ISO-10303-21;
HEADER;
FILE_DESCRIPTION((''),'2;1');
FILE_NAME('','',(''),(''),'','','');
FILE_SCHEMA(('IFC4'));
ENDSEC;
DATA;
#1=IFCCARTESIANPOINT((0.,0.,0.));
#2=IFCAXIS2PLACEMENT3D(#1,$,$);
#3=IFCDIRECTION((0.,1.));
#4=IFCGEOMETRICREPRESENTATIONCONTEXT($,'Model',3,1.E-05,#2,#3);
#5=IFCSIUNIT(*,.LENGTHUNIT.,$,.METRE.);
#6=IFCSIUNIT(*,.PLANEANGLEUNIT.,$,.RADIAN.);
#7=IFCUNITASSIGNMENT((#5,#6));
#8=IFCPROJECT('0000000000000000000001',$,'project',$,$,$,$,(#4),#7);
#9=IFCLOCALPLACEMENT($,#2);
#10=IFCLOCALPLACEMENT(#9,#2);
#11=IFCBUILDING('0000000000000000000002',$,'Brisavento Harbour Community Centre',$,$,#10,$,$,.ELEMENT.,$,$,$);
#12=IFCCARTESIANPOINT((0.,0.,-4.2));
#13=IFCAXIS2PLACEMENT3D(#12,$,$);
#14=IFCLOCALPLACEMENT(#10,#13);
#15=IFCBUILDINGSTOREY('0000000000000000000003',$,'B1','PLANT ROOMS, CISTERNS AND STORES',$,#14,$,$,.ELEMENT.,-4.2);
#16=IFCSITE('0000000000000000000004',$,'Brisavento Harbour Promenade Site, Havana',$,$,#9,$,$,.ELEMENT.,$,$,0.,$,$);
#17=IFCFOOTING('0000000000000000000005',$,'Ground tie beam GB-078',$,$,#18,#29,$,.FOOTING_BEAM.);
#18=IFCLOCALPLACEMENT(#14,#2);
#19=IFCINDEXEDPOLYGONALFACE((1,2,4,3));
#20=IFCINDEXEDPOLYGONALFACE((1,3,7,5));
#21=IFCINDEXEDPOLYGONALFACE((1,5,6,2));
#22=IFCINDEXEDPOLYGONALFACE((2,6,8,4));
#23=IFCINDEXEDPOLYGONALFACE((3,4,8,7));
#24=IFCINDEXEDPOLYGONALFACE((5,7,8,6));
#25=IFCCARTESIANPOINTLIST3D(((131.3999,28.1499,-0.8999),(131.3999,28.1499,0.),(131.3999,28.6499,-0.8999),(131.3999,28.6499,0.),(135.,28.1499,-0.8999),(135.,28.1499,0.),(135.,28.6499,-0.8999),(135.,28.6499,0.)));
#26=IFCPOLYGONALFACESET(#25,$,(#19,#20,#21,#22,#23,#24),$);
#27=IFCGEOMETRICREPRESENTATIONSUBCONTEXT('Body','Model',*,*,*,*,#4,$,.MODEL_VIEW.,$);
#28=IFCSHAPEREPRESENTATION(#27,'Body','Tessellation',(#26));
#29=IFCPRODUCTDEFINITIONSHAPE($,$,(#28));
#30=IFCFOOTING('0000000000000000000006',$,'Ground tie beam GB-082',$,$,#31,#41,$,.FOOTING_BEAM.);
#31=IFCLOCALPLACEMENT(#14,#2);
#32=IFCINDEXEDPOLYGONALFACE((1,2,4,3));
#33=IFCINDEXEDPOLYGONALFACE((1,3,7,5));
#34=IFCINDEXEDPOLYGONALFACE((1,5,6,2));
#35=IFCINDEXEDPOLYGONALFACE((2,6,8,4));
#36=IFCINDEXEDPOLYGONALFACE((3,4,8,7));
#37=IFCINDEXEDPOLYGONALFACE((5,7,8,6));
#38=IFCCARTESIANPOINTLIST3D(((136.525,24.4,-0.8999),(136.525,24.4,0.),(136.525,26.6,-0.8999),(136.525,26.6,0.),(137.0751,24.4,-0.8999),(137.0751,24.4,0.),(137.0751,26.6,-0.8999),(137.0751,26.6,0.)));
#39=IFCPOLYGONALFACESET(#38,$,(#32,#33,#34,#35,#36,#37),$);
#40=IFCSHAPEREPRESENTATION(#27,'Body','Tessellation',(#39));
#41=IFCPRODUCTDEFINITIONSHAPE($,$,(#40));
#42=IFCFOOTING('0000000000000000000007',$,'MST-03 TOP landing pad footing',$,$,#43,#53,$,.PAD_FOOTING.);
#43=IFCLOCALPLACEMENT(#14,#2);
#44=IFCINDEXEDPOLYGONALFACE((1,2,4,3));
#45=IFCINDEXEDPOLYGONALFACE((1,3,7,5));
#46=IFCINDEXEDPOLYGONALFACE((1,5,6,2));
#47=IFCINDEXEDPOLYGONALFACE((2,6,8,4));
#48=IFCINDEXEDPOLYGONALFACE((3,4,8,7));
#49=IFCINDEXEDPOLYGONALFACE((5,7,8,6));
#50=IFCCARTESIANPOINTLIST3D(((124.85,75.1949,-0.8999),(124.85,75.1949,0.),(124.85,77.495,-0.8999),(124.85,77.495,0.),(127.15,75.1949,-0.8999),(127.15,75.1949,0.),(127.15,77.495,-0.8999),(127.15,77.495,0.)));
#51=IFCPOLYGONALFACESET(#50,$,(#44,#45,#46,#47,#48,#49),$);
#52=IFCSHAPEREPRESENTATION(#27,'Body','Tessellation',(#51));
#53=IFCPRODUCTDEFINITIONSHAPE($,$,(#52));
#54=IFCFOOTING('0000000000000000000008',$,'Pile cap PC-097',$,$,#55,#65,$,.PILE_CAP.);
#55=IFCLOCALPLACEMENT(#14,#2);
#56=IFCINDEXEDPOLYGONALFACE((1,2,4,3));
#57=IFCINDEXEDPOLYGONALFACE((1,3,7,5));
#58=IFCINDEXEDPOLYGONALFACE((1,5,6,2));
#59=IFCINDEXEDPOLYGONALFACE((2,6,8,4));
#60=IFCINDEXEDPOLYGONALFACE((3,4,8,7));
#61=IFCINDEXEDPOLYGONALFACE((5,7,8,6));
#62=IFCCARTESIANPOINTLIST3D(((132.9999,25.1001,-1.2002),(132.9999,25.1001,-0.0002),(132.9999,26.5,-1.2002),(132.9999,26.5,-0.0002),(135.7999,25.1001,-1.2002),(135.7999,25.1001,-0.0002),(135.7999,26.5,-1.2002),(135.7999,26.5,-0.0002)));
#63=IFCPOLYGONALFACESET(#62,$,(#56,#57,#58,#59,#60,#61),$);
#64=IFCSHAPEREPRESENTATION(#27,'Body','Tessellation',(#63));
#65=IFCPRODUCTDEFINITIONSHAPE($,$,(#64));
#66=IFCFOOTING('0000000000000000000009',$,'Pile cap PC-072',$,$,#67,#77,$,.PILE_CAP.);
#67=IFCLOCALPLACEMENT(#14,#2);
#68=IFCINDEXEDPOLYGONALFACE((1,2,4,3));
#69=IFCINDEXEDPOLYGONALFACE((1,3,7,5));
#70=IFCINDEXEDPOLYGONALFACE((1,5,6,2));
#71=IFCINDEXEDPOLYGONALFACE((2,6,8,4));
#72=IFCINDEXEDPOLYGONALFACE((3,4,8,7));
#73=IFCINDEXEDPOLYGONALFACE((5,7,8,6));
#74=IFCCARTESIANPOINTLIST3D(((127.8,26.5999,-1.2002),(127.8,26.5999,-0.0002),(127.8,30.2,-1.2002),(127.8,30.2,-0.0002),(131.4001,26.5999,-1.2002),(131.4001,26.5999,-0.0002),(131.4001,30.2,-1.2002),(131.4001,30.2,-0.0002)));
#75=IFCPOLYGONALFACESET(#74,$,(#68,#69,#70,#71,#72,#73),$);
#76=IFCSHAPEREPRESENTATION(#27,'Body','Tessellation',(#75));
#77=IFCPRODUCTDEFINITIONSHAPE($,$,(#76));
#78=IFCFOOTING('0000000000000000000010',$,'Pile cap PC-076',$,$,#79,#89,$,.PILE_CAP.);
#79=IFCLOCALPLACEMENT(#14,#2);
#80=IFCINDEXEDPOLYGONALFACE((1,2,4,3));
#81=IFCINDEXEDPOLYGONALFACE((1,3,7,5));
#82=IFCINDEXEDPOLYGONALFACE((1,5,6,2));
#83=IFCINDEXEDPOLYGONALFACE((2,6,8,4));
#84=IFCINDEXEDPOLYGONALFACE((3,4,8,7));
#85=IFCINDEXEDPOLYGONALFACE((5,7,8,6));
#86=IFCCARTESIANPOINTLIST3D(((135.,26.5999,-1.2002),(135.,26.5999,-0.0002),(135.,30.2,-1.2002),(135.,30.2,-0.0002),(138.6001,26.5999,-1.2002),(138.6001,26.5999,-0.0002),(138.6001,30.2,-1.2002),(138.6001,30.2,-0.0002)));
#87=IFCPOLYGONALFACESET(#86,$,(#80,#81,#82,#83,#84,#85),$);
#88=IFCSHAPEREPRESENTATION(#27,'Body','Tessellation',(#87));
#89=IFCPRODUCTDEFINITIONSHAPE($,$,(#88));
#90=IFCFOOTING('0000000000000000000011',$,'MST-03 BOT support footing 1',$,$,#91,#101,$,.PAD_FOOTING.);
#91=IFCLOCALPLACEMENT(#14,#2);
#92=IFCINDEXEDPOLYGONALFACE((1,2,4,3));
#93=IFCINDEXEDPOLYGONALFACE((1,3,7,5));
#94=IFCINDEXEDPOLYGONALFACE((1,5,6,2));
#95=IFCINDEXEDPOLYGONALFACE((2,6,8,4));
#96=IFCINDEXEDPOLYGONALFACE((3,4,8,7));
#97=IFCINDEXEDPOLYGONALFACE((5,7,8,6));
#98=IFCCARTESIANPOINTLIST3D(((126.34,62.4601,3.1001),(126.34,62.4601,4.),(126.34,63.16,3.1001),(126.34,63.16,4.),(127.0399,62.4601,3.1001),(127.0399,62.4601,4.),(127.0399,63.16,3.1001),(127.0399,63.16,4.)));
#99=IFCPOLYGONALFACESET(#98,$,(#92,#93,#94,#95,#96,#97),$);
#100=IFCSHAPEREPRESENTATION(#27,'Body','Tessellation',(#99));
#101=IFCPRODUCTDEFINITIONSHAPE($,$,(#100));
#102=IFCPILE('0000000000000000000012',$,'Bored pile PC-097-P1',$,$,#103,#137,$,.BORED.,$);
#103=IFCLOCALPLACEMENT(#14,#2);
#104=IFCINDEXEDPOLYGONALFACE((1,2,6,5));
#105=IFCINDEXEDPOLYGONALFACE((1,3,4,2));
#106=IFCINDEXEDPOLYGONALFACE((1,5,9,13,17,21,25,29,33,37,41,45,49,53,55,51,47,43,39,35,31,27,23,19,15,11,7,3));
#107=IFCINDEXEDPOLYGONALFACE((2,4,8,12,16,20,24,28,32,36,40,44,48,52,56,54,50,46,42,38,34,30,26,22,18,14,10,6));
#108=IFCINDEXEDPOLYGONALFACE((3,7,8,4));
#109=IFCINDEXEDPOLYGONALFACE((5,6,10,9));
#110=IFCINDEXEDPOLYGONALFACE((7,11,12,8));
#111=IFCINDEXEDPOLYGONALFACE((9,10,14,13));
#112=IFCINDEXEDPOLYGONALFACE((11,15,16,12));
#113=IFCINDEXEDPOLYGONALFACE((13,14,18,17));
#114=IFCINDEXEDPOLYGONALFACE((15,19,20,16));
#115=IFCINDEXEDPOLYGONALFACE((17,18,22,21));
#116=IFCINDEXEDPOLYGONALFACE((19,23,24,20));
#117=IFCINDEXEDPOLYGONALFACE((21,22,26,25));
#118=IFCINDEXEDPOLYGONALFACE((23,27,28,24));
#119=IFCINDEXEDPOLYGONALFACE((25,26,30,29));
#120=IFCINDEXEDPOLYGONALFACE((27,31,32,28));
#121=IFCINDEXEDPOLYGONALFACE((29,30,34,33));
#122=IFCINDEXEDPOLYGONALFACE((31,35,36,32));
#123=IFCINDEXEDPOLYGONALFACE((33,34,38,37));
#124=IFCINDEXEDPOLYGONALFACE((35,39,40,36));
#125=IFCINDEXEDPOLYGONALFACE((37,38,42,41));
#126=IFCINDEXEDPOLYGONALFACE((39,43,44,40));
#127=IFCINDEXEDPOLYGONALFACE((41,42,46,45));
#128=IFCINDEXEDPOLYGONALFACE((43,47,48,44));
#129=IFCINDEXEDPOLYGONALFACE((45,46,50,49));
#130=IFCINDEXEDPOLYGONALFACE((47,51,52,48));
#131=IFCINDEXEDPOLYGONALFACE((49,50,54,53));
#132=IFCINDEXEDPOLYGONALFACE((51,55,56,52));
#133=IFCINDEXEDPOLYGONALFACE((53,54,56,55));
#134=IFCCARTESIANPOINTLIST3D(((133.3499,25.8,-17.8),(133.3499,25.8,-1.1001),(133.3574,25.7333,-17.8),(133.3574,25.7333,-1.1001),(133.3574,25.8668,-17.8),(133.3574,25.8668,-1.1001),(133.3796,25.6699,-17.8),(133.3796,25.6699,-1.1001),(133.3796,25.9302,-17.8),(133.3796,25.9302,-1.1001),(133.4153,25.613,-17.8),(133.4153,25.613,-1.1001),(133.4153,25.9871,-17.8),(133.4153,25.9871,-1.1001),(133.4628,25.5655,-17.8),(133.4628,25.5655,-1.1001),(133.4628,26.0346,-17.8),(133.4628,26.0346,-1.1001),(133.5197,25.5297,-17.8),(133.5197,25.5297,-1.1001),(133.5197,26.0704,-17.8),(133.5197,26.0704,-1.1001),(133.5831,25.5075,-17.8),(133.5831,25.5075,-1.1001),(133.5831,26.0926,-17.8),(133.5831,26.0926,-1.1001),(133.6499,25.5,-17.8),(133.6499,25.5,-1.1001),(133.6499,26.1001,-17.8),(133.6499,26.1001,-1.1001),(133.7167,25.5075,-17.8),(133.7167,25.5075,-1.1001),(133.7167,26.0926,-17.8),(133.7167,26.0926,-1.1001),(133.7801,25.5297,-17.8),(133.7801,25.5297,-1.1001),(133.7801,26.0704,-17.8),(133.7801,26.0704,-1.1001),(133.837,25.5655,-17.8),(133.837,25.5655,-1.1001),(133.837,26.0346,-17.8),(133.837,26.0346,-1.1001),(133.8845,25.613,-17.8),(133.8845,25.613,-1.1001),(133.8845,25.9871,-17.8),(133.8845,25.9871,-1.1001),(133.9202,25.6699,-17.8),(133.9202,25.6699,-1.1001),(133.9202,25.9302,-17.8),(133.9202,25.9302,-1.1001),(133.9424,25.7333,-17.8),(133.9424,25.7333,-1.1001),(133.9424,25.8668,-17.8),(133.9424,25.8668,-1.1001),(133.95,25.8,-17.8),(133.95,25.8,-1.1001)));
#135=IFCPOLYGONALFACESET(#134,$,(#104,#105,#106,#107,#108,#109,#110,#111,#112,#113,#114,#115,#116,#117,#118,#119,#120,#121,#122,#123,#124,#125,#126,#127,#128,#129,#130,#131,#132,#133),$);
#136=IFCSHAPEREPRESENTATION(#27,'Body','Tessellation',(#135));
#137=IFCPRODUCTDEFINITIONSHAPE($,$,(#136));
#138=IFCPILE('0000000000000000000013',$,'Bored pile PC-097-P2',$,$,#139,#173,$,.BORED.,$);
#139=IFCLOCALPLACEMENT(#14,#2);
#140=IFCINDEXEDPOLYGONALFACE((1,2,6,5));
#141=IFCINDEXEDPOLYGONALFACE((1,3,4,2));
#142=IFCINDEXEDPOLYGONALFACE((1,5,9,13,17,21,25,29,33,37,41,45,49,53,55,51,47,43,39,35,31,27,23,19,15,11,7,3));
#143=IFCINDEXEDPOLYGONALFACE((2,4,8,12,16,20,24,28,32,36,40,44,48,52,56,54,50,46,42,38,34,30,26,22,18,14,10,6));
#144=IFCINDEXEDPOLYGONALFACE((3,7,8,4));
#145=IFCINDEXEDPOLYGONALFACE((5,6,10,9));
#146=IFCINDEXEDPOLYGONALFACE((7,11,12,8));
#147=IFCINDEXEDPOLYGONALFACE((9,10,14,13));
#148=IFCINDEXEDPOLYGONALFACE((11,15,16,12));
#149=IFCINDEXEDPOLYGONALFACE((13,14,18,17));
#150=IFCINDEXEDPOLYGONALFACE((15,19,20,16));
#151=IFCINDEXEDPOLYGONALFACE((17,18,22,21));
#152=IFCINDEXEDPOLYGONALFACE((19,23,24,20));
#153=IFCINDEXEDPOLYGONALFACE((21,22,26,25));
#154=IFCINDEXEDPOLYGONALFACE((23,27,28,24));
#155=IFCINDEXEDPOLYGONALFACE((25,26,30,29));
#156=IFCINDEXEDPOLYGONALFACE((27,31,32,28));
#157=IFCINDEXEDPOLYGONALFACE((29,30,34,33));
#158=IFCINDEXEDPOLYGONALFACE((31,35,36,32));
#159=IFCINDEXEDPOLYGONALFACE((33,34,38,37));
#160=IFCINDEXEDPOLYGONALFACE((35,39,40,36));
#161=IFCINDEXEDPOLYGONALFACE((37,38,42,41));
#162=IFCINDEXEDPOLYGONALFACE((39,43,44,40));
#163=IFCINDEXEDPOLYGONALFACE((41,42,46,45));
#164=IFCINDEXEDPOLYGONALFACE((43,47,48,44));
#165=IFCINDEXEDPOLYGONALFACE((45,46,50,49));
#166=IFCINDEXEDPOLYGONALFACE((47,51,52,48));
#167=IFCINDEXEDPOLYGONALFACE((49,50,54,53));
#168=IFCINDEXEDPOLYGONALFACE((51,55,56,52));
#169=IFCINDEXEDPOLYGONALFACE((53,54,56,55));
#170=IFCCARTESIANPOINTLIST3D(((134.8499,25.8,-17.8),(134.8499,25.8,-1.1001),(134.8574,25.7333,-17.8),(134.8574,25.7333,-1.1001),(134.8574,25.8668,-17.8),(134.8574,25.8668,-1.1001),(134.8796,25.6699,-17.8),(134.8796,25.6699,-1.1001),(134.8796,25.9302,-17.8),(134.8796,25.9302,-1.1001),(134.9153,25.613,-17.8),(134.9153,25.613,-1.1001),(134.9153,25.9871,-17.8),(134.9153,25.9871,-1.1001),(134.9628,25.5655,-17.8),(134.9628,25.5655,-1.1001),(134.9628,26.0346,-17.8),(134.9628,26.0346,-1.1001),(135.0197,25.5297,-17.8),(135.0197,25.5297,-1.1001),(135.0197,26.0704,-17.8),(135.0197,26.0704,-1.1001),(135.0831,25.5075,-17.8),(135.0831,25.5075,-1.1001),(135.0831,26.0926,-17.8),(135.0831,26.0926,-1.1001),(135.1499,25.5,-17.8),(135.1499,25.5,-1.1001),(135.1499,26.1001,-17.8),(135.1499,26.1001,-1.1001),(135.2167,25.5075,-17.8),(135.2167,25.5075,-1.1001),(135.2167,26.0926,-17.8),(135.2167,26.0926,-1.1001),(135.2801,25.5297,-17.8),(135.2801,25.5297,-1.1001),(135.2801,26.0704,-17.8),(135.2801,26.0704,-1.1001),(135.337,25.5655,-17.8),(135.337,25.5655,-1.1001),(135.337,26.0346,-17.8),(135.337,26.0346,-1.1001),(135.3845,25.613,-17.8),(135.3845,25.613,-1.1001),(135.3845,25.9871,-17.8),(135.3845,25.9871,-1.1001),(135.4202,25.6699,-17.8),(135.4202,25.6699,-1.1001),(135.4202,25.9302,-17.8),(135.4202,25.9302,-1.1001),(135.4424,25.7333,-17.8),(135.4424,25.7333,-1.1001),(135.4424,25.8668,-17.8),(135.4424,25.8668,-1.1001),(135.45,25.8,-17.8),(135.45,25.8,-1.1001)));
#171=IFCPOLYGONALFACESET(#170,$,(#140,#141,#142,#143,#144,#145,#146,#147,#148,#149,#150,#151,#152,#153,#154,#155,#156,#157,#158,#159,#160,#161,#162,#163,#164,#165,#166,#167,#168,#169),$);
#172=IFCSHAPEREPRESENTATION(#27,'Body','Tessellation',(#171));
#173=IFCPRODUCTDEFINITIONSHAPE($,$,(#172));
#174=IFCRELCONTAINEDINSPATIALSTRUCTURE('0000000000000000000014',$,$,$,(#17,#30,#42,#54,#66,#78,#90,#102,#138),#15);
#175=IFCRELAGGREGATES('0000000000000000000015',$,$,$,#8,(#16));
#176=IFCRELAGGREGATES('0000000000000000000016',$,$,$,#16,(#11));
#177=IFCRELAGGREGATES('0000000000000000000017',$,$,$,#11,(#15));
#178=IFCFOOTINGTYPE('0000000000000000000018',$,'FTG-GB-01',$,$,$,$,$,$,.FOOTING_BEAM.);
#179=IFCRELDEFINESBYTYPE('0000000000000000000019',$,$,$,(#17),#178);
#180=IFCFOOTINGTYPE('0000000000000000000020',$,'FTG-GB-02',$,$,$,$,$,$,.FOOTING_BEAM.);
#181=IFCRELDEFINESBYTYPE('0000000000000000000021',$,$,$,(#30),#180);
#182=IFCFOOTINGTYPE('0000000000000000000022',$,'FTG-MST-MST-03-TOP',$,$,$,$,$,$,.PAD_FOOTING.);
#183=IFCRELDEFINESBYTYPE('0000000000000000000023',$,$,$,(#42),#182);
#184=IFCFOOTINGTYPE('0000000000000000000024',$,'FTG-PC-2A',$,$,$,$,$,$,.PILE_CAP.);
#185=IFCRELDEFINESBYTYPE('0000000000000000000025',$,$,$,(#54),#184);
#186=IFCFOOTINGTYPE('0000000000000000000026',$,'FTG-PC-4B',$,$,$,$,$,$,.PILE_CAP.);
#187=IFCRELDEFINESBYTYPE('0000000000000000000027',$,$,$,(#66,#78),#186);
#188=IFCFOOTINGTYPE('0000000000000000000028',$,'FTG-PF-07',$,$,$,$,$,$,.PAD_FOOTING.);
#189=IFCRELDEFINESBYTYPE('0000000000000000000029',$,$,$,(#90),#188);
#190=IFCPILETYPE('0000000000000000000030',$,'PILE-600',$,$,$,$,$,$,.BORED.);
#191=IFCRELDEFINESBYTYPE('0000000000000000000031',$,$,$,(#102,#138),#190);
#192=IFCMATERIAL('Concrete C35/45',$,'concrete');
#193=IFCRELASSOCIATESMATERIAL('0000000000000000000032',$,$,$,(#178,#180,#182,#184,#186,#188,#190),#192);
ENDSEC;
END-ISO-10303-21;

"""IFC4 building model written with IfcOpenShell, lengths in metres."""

from ifc_helpers import new_model, si_unit, direction, frame, origin, origin_2d, place, context, subcontext, project, spatial, rectangle, circle, extrude, material, material_profile, profile_set, type_object, element, save


model = new_model("IFC4")

# Units and contexts
model_context = context("Model", 3, precision=1e-05, world=origin(), true_north=direction((0.0, 1.0)))
body_context = subcontext(model_context, "Body", "Model", "MODEL_VIEW")
ifc_project = project(units=[si_unit("LENGTHUNIT", "METRE"), si_unit("PLANEANGLEUNIT", "RADIAN")], contexts=[model_context])

# Site, building, storey
site_placement = place(None, origin())
site = spatial("IfcSite", under=ifc_project, at=site_placement, Name="Brisavento Harbour Promenade Site, Havana", CompositionType="ELEMENT", RefElevation=0.0)
building_placement = place(site_placement, origin())
building = spatial("IfcBuilding", under=site, at=building_placement, Name="Brisavento Harbour Community Centre", CompositionType="ELEMENT")
storey_placement = place(building_placement, frame((0.0, 0.0, -4.2)))
storey = spatial("IfcBuildingStorey", under=building, at=storey_placement, Name="B1", Description="PLANT ROOMS, CISTERNS AND STORES", CompositionType="ELEMENT", Elevation=-4.2)

# Footings
ifc_material = material(Name="Concrete C35/45", Category="concrete")
footing_type_1 = type_object("IfcFootingType", Name="FTG-GB-01", PredefinedType="FOOTING_BEAM", material=ifc_material)
footing_1_placement = place(storey_placement, frame((133.2, 28.3999, -0.8999), z_axis=(0.0, 0.0, 1.0), x_axis=(1.0, 0.0, 0.0)))
element("IfcFooting", 1, at=footing_1_placement, inside=storey, type_object=footing_type_1, Name="Ground tie beam GB-078", PredefinedType="FOOTING_BEAM", context=body_context, shape_type="SweptSolid", body=[
    extrude(rectangle(XDim=3.6001, YDim=0.5, at=origin_2d()), origin(), (0.0, 0.0, 1.0), 0.8999),
])
footing_type_2 = type_object("IfcFootingType", Name="FTG-GB-02", PredefinedType="FOOTING_BEAM", material=ifc_material)
footing_2_placement = place(storey_placement, frame((136.8, 25.5, -0.8999), z_axis=(0.0, 0.0, 1.0), x_axis=(1.0, 0.0, 0.0)))
element("IfcFooting", 2, at=footing_2_placement, inside=storey, type_object=footing_type_2, Name="Ground tie beam GB-082", PredefinedType="FOOTING_BEAM", context=body_context, shape_type="SweptSolid", body=[
    extrude(rectangle(XDim=0.55, YDim=2.2, at=origin_2d()), origin(), (0.0, 0.0, 1.0), 0.8999),
])
footing_type_3 = type_object("IfcFootingType", Name="FTG-MST-MST-03-TOP", PredefinedType="PAD_FOOTING", material=ifc_material)
footing_3_placement = place(storey_placement, frame((126.0, 76.345, -0.8999), z_axis=(0.0, 0.0, 1.0), x_axis=(1.0, 0.0, 0.0)))
element("IfcFooting", 3, at=footing_3_placement, inside=storey, type_object=footing_type_3, Name="MST-03 TOP landing pad footing", PredefinedType="PAD_FOOTING", context=body_context, shape_type="SweptSolid", body=[
    extrude(rectangle(XDim=2.3, YDim=2.3, at=origin_2d()), origin(), (0.0, 0.0, 1.0), 0.8999),
])
footing_type_4 = type_object("IfcFootingType", Name="FTG-PC-2A", PredefinedType="PILE_CAP", material=ifc_material)
footing_4_placement = place(storey_placement, frame((134.3999, 25.8, -1.2002), z_axis=(0.0, 0.0, 1.0), x_axis=(1.0, 0.0, 0.0)))
element("IfcFooting", 4, at=footing_4_placement, inside=storey, type_object=footing_type_4, Name="Pile cap PC-097", PredefinedType="PILE_CAP", context=body_context, shape_type="SweptSolid", body=[
    extrude(rectangle(XDim=2.8, YDim=1.3999, at=origin_2d()), origin(), (0.0, 0.0, 1.0), 1.2),
])
footing_type_5 = type_object("IfcFootingType", Name="FTG-PC-4B", PredefinedType="PILE_CAP", material=ifc_material)
for number, where, z_axis, x_axis, name in (
    (5, (129.6001, 28.3999, -1.2002), (0.0, 0.0, 1.0), (1.0, 0.0, 0.0), "Pile cap PC-072"),
    (6, (136.8, 28.3999, -1.2002), (0.0, 0.0, 1.0), (1.0, 0.0, 0.0), "Pile cap PC-076"),
):
    element("IfcFooting", number, at=place(storey_placement, frame(where, z_axis=z_axis, x_axis=x_axis)), inside=storey, type_object=footing_type_5, Name=name, PredefinedType="PILE_CAP", context=body_context, shape_type="SweptSolid", body=[
        extrude(rectangle(XDim=3.6001, YDim=3.6001, at=origin_2d()), origin(), (0.0, 0.0, 1.0), 1.2),
    ])
footing_type_6 = type_object("IfcFootingType", Name="FTG-PF-07", PredefinedType="PAD_FOOTING", material=ifc_material)
footing_5_placement = place(storey_placement, frame((126.6899, 62.8101, 3.1001), z_axis=(0.0, 0.0, 1.0), x_axis=(1.0, 0.0, 0.0)))
element("IfcFooting", 7, at=footing_5_placement, inside=storey, type_object=footing_type_6, Name="MST-03 BOT support footing 1", PredefinedType="PAD_FOOTING", context=body_context, shape_type="SweptSolid", body=[
    extrude(rectangle(XDim=0.7, YDim=0.7, at=origin_2d()), origin(), (0.0, 0.0, 1.0), 0.8999),
])

# Piles
ifc_material_profile_1 = material_profile(ifc_material, circle(Radius=0.3, at=origin_2d()), Name="Concrete C35/45")
ifc_profile_set_1 = profile_set([ifc_material_profile_1], Name="Concrete C35/45")
pile_type_1 = type_object("IfcPileType", Name="PILE-600", PredefinedType="BORED", material=ifc_profile_set_1)
for number, where, z_axis, x_axis, name in (
    (8, (133.6499, 25.8, -1.1001), (0.0, 0.0, -1.0), (1.0, 0.0, 0.0), "Bored pile PC-097-P1"),
    (9, (135.1499, 25.8, -1.1001), (0.0, 0.0, -1.0), (1.0, 0.0, 0.0), "Bored pile PC-097-P2"),
):
    element("IfcPile", number, at=place(storey_placement, frame(where, z_axis=z_axis, x_axis=x_axis)), inside=storey, type_object=pile_type_1, Name=name, PredefinedType="BORED", context=body_context, shape_type="SweptSolid", body=[
        extrude(circle(Radius=0.3, at=origin_2d()), origin(), (0.0, 0.0, 1.0), 16.7),
    ])

save(model, "model.ifc")
